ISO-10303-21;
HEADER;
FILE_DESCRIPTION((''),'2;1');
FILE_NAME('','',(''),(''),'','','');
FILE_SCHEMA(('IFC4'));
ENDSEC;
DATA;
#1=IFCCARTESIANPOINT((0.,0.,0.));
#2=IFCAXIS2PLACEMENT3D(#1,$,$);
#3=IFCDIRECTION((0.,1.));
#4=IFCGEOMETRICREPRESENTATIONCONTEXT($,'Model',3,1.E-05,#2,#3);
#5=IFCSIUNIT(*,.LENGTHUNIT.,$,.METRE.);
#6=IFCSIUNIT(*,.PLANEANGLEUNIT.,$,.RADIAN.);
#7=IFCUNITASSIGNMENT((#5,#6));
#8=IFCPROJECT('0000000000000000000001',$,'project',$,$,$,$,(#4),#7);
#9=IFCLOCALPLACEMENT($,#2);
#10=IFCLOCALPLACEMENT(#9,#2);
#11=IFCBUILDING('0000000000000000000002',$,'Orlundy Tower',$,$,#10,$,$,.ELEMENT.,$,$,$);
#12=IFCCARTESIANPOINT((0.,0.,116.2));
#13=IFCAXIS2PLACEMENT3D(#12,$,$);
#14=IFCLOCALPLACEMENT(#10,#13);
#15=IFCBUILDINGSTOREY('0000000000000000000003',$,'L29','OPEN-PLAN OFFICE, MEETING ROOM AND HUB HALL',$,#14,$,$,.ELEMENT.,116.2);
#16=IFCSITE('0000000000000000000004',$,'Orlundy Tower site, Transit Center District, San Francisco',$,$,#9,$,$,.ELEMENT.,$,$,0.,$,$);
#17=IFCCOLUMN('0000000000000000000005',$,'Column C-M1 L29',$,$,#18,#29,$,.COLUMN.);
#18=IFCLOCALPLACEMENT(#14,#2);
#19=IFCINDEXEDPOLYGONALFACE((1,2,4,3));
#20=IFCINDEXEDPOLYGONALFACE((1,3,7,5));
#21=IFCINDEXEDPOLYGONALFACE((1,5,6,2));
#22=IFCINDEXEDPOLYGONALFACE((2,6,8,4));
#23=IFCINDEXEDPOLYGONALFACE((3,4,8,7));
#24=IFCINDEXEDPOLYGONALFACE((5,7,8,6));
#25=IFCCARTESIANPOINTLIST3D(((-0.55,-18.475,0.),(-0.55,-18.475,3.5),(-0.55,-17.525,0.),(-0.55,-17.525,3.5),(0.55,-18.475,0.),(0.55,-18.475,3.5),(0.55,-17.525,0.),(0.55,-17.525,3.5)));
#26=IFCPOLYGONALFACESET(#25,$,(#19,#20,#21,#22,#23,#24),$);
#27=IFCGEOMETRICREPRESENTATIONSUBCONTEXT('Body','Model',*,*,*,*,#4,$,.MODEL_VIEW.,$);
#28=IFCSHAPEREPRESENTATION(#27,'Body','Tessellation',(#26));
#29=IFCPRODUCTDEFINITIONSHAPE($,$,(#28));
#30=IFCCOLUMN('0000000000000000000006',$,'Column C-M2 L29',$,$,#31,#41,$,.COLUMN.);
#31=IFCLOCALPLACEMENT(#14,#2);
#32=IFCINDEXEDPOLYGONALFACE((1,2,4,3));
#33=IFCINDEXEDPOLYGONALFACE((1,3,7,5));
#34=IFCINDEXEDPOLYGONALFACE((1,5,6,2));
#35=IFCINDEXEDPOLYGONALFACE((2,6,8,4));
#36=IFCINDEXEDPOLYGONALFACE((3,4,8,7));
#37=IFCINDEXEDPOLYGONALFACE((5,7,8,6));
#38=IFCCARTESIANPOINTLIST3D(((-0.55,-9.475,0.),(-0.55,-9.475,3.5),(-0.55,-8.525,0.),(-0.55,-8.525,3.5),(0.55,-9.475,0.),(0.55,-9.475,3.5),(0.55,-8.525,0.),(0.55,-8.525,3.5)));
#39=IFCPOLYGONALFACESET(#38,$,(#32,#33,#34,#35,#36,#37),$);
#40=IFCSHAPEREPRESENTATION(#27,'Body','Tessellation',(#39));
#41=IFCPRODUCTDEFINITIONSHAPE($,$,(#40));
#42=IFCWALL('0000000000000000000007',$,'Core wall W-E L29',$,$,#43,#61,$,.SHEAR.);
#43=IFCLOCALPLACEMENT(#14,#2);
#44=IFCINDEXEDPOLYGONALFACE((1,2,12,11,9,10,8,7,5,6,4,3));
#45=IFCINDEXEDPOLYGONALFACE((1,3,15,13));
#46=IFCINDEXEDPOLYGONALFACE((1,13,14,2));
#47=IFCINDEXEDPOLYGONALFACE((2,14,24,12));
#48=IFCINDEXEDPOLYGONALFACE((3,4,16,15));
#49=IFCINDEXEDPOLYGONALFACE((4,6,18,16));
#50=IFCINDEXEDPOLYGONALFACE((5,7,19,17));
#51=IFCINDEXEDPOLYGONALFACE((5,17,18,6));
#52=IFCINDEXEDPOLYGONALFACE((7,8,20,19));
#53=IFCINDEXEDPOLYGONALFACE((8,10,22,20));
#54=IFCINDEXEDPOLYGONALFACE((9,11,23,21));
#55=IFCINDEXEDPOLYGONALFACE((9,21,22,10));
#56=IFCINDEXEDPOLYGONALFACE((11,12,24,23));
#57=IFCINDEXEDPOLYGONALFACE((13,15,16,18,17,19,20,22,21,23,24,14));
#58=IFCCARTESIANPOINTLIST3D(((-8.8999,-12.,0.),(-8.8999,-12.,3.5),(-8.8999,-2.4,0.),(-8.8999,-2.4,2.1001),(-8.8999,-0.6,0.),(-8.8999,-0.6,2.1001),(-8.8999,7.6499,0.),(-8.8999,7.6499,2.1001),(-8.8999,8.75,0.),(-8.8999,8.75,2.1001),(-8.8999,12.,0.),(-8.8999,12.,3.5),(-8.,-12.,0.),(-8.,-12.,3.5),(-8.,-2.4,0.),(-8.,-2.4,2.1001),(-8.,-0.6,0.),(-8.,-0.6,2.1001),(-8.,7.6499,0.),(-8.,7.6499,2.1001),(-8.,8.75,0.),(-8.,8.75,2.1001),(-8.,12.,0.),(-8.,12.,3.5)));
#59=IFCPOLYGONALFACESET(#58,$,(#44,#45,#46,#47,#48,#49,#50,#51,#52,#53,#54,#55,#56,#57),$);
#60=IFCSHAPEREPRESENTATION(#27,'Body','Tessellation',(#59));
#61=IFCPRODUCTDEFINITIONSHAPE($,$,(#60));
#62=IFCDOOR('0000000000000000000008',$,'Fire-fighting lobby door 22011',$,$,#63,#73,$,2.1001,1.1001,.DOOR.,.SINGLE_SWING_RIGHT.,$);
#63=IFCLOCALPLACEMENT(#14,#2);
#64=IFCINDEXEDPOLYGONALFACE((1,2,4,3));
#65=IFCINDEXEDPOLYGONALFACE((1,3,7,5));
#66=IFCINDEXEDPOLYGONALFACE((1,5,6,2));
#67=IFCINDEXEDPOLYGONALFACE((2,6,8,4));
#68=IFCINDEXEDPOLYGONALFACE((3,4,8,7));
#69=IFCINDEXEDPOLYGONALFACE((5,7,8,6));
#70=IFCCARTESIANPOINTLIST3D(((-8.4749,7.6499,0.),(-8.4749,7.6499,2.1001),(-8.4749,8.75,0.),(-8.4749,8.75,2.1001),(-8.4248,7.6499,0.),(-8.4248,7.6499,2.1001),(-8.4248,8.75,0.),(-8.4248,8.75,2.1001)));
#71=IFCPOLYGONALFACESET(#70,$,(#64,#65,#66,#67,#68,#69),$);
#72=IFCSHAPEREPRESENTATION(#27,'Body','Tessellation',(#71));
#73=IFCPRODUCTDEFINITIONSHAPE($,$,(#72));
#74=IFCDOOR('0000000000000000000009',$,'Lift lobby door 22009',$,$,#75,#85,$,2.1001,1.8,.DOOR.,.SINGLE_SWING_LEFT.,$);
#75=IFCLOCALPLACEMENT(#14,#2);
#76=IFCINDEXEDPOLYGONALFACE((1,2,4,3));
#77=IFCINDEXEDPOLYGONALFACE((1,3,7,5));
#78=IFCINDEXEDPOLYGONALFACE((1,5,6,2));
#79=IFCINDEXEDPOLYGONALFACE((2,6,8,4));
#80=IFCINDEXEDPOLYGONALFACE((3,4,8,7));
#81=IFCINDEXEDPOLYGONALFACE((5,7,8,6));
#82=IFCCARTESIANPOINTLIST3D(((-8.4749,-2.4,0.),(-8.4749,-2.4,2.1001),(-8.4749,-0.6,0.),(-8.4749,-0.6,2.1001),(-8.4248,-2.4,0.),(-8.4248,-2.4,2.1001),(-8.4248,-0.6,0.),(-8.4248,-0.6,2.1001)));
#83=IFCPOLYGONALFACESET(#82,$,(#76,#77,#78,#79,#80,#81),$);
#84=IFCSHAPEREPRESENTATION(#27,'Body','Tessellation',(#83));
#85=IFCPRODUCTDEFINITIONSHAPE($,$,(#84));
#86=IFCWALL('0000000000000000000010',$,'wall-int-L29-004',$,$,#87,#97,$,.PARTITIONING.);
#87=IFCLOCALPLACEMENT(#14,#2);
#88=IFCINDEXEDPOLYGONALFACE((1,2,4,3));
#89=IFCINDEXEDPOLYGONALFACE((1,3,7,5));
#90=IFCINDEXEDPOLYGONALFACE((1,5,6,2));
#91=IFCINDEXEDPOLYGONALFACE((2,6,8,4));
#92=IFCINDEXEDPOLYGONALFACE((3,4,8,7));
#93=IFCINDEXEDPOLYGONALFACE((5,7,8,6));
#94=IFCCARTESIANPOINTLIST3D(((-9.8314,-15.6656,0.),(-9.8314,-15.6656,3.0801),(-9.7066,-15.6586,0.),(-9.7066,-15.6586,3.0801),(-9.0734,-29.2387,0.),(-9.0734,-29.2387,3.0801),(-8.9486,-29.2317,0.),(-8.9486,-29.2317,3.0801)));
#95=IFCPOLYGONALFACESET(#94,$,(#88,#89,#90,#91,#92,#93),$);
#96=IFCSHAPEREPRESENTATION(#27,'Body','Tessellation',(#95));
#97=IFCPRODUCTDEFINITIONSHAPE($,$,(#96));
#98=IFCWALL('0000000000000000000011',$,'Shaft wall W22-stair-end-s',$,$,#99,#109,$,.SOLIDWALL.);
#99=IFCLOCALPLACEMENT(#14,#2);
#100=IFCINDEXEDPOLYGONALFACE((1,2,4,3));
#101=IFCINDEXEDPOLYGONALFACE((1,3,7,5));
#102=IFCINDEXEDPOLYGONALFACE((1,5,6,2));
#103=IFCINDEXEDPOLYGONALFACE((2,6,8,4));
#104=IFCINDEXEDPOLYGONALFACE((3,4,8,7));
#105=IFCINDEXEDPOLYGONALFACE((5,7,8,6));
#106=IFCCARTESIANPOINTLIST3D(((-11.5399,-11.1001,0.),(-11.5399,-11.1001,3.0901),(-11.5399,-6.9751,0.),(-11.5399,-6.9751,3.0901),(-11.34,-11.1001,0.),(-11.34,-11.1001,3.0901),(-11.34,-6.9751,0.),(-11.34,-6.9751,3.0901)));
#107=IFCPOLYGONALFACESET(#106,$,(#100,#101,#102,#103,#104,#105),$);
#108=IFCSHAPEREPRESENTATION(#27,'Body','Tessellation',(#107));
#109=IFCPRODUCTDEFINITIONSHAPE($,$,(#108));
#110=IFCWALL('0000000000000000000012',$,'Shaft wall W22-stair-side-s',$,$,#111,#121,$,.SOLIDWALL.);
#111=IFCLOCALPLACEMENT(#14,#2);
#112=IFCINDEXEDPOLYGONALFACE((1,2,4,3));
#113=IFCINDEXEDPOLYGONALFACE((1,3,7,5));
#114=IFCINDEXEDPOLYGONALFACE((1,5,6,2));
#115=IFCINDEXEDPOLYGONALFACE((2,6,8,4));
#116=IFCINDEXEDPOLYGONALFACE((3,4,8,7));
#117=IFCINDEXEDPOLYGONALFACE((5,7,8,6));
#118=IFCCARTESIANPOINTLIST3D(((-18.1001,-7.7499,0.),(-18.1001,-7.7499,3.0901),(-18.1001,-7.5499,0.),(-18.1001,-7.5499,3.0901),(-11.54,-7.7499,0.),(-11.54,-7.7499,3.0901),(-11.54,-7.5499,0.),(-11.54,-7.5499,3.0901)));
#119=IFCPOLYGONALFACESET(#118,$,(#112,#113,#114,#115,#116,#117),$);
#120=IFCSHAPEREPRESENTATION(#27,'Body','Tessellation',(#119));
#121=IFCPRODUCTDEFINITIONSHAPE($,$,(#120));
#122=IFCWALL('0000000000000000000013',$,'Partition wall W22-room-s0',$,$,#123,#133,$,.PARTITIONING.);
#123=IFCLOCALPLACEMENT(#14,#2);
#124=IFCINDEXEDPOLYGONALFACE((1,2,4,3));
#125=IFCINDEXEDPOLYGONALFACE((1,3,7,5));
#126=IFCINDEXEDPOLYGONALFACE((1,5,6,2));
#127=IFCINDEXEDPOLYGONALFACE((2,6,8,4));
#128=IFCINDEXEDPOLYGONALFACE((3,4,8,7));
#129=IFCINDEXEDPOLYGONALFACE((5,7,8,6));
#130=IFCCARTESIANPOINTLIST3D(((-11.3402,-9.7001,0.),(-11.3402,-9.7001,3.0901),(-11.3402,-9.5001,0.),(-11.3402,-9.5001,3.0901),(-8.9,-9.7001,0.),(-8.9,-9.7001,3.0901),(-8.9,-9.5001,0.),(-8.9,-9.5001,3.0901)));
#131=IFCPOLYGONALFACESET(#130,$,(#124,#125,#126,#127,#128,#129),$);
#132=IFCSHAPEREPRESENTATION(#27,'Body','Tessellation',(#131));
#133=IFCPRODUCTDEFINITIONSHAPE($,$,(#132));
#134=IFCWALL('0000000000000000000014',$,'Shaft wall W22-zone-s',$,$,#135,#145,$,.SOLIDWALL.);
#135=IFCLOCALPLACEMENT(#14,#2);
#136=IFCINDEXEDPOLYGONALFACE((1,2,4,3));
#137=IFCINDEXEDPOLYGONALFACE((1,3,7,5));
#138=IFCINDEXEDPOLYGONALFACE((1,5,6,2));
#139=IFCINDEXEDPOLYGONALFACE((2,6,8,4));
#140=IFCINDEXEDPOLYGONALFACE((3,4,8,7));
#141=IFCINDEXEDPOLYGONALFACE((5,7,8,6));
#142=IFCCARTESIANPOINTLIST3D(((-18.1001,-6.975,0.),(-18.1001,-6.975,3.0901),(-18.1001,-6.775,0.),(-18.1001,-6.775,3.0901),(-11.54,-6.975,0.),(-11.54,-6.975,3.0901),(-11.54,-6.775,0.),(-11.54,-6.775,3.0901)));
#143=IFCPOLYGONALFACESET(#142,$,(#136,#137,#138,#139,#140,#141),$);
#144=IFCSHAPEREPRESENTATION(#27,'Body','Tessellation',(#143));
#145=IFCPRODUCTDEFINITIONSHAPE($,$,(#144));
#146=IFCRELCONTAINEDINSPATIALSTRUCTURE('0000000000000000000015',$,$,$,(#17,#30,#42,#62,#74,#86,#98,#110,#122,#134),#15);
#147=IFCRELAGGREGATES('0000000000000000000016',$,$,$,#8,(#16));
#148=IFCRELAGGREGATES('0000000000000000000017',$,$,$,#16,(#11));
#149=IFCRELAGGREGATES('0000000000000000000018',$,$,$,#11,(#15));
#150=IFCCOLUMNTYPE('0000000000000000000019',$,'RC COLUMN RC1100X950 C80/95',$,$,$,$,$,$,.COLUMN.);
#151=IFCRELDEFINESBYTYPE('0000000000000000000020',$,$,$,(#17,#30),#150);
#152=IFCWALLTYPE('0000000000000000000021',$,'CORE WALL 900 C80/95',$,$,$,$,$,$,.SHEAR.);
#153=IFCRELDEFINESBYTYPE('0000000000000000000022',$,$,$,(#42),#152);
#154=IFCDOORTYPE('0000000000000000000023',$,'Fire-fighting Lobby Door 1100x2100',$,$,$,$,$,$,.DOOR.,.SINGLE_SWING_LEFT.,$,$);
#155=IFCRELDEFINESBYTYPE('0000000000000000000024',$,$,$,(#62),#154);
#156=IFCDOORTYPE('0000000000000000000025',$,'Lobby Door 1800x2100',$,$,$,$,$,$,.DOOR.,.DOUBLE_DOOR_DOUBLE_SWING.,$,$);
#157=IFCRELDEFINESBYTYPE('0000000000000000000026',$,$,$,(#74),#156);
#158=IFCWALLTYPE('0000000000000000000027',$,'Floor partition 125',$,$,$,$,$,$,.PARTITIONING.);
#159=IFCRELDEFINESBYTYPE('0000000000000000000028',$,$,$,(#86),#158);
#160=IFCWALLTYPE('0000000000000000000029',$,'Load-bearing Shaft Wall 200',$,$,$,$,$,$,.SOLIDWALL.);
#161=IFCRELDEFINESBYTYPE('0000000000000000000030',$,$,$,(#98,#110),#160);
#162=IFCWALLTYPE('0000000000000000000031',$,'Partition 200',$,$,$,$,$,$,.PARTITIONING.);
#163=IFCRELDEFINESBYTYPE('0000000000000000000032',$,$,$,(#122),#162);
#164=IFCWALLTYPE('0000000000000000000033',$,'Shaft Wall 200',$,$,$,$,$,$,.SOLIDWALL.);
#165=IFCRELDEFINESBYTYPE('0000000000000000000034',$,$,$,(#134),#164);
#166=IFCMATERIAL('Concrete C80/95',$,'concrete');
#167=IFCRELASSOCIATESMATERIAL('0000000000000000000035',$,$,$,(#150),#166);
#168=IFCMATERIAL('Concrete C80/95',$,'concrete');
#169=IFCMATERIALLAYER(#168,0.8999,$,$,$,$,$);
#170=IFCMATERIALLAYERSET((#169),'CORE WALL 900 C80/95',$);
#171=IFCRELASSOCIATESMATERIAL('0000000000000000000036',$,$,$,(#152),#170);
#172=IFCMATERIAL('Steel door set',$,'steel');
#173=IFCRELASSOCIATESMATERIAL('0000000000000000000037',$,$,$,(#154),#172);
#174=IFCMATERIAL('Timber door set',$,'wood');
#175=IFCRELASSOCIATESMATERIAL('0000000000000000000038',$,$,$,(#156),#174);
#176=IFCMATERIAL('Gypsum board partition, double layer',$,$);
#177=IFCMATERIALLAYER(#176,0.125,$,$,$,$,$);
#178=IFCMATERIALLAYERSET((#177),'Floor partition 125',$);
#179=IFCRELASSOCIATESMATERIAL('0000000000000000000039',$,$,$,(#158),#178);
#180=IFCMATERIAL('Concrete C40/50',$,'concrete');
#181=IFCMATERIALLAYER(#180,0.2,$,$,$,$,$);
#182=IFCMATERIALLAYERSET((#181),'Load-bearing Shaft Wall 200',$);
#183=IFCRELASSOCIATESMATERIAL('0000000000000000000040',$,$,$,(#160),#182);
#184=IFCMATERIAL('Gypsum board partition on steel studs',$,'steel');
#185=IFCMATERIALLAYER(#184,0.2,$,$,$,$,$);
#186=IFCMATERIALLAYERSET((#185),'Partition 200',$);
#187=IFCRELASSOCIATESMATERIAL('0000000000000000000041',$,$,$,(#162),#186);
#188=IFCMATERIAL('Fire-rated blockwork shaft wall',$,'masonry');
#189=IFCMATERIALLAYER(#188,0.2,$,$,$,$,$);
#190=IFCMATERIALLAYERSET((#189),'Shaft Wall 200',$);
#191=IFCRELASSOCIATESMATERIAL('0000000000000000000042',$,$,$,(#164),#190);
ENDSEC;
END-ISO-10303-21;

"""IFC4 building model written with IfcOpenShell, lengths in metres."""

from ifc_helpers import new_model, si_unit, direction, frame, frame_2d, origin, origin_2d, place, context, subcontext, project, spatial, rectangle, extrude, material, layer, layer_set, material_profile, profile_set, type_object, element, fill, save


model = new_model("IFC4")

# Units and contexts
model_context = context("Model", 3, precision=1e-05, world=origin(), true_north=direction((0.0, 1.0)))
body_context = subcontext(model_context, "Body", "Model", "MODEL_VIEW")
ifc_project = project(units=[si_unit("LENGTHUNIT", "METRE"), si_unit("PLANEANGLEUNIT", "RADIAN")], contexts=[model_context])

# Site, building, storey
site_placement = place(None, origin())
site = spatial("IfcSite", under=ifc_project, at=site_placement, Name="Orlundy Tower site, Transit Center District, San Francisco", CompositionType="ELEMENT", RefElevation=0.0)
building_placement = place(site_placement, origin())
building = spatial("IfcBuilding", under=site, at=building_placement, Name="Orlundy Tower", CompositionType="ELEMENT")
storey_placement = place(building_placement, frame((0.0, 0.0, 116.2)))
storey = spatial("IfcBuildingStorey", under=building, at=storey_placement, Name="L29", Description="OPEN-PLAN OFFICE, MEETING ROOM AND HUB HALL", CompositionType="ELEMENT", Elevation=116.2)

# Columns
ifc_material_1 = material(Name="Concrete C80/95", Category="concrete")
ifc_material_profile = material_profile(ifc_material_1, rectangle(XDim=1.1001, YDim=0.95, at=origin_2d()), Name="RC1100X950")
ifc_profile_set = profile_set([ifc_material_profile], Name="Concrete C80/95")
column_type = type_object("IfcColumnType", Name="RC COLUMN RC1100X950 C80/95", PredefinedType="COLUMN", material=ifc_profile_set)
for number, where, z_axis, x_axis, name in (
    (1, (0.0, -18.0, 0.0), (0.0, 0.0, 1.0), (1.0, 0.0, 0.0), "Column C-M1 L29"),
    (2, (0.0, -9.0, 0.0), (0.0, 0.0, 1.0), (1.0, 0.0, 0.0), "Column C-M2 L29"),
):
    element("IfcColumn", number, at=place(storey_placement, frame(where, z_axis=z_axis, x_axis=x_axis)), inside=storey, type_object=column_type, Name=name, PredefinedType="COLUMN", context=body_context, shape_type="SweptSolid", body=[
        extrude(rectangle(XDim=1.1001, YDim=0.95, at=origin_2d()), origin(), (0.0, 0.0, 1.0), 3.5),
    ])

# Wall, openings, doors
ifc_material_2 = material(Name="Concrete C80/95", Category="concrete")
ifc_layer_1 = layer(ifc_material_2, 0.8999)
ifc_layer_set_1 = layer_set([ifc_layer_1], Name="CORE WALL 900 C80/95")
wall_type_1 = type_object("IfcWallType", Name="CORE WALL 900 C80/95", PredefinedType="SHEAR", material=ifc_layer_set_1)
wall_1_placement = place(storey_placement, frame((-8.45, -12.0, 0.0), z_axis=(0.0, 0.0, 1.0), x_axis=(0.0, 1.0, 0.0)))
wall_1 = element("IfcWall", 3, at=wall_1_placement, inside=storey, type_object=wall_type_1, Name="Core wall W-E L29", PredefinedType="SHEAR", context=body_context, shape_type="SweptSolid", body=[
    extrude(rectangle(XDim=24.0, YDim=0.8999, at=frame_2d((12.0, 0.0))), origin(), (0.0, 0.0, 1.0), 3.5),
])
opening_1_placement = place(wall_1_placement, frame((9.6001, 0.0, 0.0)))
opening_1 = element("IfcOpeningElement", 4, at=opening_1_placement, cuts=wall_1, PredefinedType="OPENING", context=body_context, shape_type="SweptSolid", body=[
    extrude(rectangle(XDim=1.8, YDim=2.1001, at=frame_2d((0.8999, 1.05))), frame((0.0, 0.46, 0.0), z_axis=(0.0, -1.0, 0.0), x_axis=(1.0, 0.0, 0.0)), (0.0, 0.0, 1.0), 0.9199),
])
opening_2_placement = place(wall_1_placement, frame((19.6499, 0.0, 0.0)))
opening_2 = element("IfcOpeningElement", 5, at=opening_2_placement, cuts=wall_1, PredefinedType="OPENING", context=body_context, shape_type="SweptSolid", body=[
    extrude(rectangle(XDim=1.1001, YDim=2.1001, at=frame_2d((0.55, 1.05))), frame((0.0, 0.46, 0.0), z_axis=(0.0, -1.0, 0.0), x_axis=(1.0, 0.0, 0.0)), (0.0, 0.0, 1.0), 0.9199),
])
ifc_material_3 = material(Name="Steel door set", Category="steel")
door_type_1 = type_object("IfcDoorType", Name="Fire-fighting Lobby Door 1100x2100", OperationType="SINGLE_SWING_LEFT", PredefinedType="DOOR", material=ifc_material_3)
door_1_placement = place(opening_2_placement, origin())
door_1 = element("IfcDoor", 6, at=door_1_placement, inside=storey, type_object=door_type_1, Name="Fire-fighting lobby door 22011", OperationType="SINGLE_SWING_RIGHT", OverallHeight=2.1001, OverallWidth=1.1001, PredefinedType="DOOR", context=body_context, shape_type="SweptSolid", body=[
    extrude(rectangle(XDim=1.1001, YDim=2.1001, at=frame_2d((0.55, 1.05))), frame((0.0, 0.0249, 0.0), z_axis=(0.0, -1.0, 0.0), x_axis=(1.0, 0.0, 0.0)), (0.0, 0.0, 1.0), 0.05),
])
fill(opening_2, door_1)
ifc_material_4 = material(Name="Timber door set", Category="wood")
door_type_2 = type_object("IfcDoorType", Name="Lobby Door 1800x2100", OperationType="DOUBLE_DOOR_DOUBLE_SWING", PredefinedType="DOOR", material=ifc_material_4)
door_2_placement = place(opening_1_placement, origin())
door_2 = element("IfcDoor", 7, at=door_2_placement, inside=storey, type_object=door_type_2, Name="Lift lobby door 22009", OperationType="SINGLE_SWING_LEFT", OverallHeight=2.1001, OverallWidth=1.8, PredefinedType="DOOR", context=body_context, shape_type="SweptSolid", body=[
    extrude(rectangle(XDim=1.8, YDim=2.1001, at=frame_2d((0.8999, 1.05))), frame((0.0, 0.0249, 0.0), z_axis=(0.0, -1.0, 0.0), x_axis=(1.0, 0.0, 0.0)), (0.0, 0.0, 1.0), 0.05),
])
fill(opening_1, door_2)

# Walls
ifc_material_5 = material(Name="Gypsum board partition, double layer")
ifc_layer_2 = layer(ifc_material_5, 0.125)
ifc_layer_set_2 = layer_set([ifc_layer_2], Name="Floor partition 125")
wall_type_2 = type_object("IfcWallType", Name="Floor partition 125", PredefinedType="PARTITIONING", material=ifc_layer_set_2)
wall_2_placement = place(storey_placement, frame((-9.769, -15.6621, 0.0), z_axis=(0.0, 0.0, 1.0), x_axis=(0.055763, -0.998444, 0.0)))
element("IfcWall", 8, at=wall_2_placement, inside=storey, type_object=wall_type_2, Name="wall-int-L29-004", PredefinedType="PARTITIONING", context=body_context, shape_type="SweptSolid", body=[
    extrude(rectangle(XDim=13.5942, YDim=0.125, at=frame_2d((6.7971, 0.0))), origin(), (0.0, 0.0, 1.0), 3.0801),
])
ifc_material_6 = material(Name="Concrete C40/50", Category="concrete")
ifc_layer_3 = layer(ifc_material_6, 0.2)
ifc_layer_set_3 = layer_set([ifc_layer_3], Name="Load-bearing Shaft Wall 200")
wall_type_3 = type_object("IfcWallType", Name="Load-bearing Shaft Wall 200", PredefinedType="SOLIDWALL", material=ifc_layer_set_3)
wall_3_placement = place(storey_placement, frame((-11.4399, -11.1001, 0.0), z_axis=(0.0, 0.0, 1.0), x_axis=(0.0, 1.0, 0.0)))
element("IfcWall", 9, at=wall_3_placement, inside=storey, type_object=wall_type_3, Name="Shaft wall W22-stair-end-s", PredefinedType="SOLIDWALL", context=body_context, shape_type="SweptSolid", body=[
    extrude(rectangle(XDim=4.125, YDim=0.2, at=frame_2d((2.0625, 0.0))), origin(), (0.0, 0.0, 1.0), 3.0901),
])
wall_4_placement = place(storey_placement, frame((-11.54, -7.6499, 0.0), z_axis=(0.0, 0.0, 1.0), x_axis=(-1.0, 0.0, 0.0)))
element("IfcWall", 10, at=wall_4_placement, inside=storey, type_object=wall_type_3, Name="Shaft wall W22-stair-side-s", PredefinedType="SOLIDWALL", context=body_context, shape_type="SweptSolid", body=[
    extrude(rectangle(XDim=6.5601, YDim=0.2, at=frame_2d((3.28, 0.0))), origin(), (0.0, 0.0, 1.0), 3.0901),
])
ifc_material_7 = material(Name="Gypsum board partition on steel studs", Category="steel")
ifc_layer_4 = layer(ifc_material_7, 0.2)
ifc_layer_set_4 = layer_set([ifc_layer_4], Name="Partition 200")
wall_type_4 = type_object("IfcWallType", Name="Partition 200", PredefinedType="PARTITIONING", material=ifc_layer_set_4)
wall_5_placement = place(storey_placement, frame((-8.8999, -9.6001, 0.0), z_axis=(0.0, 0.0, 1.0), x_axis=(-1.0, 0.0, 0.0)))
element("IfcWall", 11, at=wall_5_placement, inside=storey, type_object=wall_type_4, Name="Partition wall W22-room-s0", PredefinedType="PARTITIONING", context=body_context, shape_type="SweptSolid", body=[
    extrude(rectangle(XDim=2.4402, YDim=0.2, at=frame_2d((1.2202, 0.0))), origin(), (0.0, 0.0, 1.0), 3.0901),
])
ifc_material_8 = material(Name="Fire-rated blockwork shaft wall", Category="masonry")
ifc_layer_5 = layer(ifc_material_8, 0.2)
ifc_layer_set_5 = layer_set([ifc_layer_5], Name="Shaft Wall 200")
wall_type_5 = type_object("IfcWallType", Name="Shaft Wall 200", PredefinedType="SOLIDWALL", material=ifc_layer_set_5)
wall_6_placement = place(storey_placement, frame((-11.54, -6.875, 0.0), z_axis=(0.0, 0.0, 1.0), x_axis=(-1.0, 0.0, 0.0)))
element("IfcWall", 12, at=wall_6_placement, inside=storey, type_object=wall_type_5, Name="Shaft wall W22-zone-s", PredefinedType="SOLIDWALL", context=body_context, shape_type="SweptSolid", body=[
    extrude(rectangle(XDim=6.5601, YDim=0.2, at=frame_2d((3.28, 0.0))), origin(), (0.0, 0.0, 1.0), 3.0901),
])

save(model, "model.ifc")
